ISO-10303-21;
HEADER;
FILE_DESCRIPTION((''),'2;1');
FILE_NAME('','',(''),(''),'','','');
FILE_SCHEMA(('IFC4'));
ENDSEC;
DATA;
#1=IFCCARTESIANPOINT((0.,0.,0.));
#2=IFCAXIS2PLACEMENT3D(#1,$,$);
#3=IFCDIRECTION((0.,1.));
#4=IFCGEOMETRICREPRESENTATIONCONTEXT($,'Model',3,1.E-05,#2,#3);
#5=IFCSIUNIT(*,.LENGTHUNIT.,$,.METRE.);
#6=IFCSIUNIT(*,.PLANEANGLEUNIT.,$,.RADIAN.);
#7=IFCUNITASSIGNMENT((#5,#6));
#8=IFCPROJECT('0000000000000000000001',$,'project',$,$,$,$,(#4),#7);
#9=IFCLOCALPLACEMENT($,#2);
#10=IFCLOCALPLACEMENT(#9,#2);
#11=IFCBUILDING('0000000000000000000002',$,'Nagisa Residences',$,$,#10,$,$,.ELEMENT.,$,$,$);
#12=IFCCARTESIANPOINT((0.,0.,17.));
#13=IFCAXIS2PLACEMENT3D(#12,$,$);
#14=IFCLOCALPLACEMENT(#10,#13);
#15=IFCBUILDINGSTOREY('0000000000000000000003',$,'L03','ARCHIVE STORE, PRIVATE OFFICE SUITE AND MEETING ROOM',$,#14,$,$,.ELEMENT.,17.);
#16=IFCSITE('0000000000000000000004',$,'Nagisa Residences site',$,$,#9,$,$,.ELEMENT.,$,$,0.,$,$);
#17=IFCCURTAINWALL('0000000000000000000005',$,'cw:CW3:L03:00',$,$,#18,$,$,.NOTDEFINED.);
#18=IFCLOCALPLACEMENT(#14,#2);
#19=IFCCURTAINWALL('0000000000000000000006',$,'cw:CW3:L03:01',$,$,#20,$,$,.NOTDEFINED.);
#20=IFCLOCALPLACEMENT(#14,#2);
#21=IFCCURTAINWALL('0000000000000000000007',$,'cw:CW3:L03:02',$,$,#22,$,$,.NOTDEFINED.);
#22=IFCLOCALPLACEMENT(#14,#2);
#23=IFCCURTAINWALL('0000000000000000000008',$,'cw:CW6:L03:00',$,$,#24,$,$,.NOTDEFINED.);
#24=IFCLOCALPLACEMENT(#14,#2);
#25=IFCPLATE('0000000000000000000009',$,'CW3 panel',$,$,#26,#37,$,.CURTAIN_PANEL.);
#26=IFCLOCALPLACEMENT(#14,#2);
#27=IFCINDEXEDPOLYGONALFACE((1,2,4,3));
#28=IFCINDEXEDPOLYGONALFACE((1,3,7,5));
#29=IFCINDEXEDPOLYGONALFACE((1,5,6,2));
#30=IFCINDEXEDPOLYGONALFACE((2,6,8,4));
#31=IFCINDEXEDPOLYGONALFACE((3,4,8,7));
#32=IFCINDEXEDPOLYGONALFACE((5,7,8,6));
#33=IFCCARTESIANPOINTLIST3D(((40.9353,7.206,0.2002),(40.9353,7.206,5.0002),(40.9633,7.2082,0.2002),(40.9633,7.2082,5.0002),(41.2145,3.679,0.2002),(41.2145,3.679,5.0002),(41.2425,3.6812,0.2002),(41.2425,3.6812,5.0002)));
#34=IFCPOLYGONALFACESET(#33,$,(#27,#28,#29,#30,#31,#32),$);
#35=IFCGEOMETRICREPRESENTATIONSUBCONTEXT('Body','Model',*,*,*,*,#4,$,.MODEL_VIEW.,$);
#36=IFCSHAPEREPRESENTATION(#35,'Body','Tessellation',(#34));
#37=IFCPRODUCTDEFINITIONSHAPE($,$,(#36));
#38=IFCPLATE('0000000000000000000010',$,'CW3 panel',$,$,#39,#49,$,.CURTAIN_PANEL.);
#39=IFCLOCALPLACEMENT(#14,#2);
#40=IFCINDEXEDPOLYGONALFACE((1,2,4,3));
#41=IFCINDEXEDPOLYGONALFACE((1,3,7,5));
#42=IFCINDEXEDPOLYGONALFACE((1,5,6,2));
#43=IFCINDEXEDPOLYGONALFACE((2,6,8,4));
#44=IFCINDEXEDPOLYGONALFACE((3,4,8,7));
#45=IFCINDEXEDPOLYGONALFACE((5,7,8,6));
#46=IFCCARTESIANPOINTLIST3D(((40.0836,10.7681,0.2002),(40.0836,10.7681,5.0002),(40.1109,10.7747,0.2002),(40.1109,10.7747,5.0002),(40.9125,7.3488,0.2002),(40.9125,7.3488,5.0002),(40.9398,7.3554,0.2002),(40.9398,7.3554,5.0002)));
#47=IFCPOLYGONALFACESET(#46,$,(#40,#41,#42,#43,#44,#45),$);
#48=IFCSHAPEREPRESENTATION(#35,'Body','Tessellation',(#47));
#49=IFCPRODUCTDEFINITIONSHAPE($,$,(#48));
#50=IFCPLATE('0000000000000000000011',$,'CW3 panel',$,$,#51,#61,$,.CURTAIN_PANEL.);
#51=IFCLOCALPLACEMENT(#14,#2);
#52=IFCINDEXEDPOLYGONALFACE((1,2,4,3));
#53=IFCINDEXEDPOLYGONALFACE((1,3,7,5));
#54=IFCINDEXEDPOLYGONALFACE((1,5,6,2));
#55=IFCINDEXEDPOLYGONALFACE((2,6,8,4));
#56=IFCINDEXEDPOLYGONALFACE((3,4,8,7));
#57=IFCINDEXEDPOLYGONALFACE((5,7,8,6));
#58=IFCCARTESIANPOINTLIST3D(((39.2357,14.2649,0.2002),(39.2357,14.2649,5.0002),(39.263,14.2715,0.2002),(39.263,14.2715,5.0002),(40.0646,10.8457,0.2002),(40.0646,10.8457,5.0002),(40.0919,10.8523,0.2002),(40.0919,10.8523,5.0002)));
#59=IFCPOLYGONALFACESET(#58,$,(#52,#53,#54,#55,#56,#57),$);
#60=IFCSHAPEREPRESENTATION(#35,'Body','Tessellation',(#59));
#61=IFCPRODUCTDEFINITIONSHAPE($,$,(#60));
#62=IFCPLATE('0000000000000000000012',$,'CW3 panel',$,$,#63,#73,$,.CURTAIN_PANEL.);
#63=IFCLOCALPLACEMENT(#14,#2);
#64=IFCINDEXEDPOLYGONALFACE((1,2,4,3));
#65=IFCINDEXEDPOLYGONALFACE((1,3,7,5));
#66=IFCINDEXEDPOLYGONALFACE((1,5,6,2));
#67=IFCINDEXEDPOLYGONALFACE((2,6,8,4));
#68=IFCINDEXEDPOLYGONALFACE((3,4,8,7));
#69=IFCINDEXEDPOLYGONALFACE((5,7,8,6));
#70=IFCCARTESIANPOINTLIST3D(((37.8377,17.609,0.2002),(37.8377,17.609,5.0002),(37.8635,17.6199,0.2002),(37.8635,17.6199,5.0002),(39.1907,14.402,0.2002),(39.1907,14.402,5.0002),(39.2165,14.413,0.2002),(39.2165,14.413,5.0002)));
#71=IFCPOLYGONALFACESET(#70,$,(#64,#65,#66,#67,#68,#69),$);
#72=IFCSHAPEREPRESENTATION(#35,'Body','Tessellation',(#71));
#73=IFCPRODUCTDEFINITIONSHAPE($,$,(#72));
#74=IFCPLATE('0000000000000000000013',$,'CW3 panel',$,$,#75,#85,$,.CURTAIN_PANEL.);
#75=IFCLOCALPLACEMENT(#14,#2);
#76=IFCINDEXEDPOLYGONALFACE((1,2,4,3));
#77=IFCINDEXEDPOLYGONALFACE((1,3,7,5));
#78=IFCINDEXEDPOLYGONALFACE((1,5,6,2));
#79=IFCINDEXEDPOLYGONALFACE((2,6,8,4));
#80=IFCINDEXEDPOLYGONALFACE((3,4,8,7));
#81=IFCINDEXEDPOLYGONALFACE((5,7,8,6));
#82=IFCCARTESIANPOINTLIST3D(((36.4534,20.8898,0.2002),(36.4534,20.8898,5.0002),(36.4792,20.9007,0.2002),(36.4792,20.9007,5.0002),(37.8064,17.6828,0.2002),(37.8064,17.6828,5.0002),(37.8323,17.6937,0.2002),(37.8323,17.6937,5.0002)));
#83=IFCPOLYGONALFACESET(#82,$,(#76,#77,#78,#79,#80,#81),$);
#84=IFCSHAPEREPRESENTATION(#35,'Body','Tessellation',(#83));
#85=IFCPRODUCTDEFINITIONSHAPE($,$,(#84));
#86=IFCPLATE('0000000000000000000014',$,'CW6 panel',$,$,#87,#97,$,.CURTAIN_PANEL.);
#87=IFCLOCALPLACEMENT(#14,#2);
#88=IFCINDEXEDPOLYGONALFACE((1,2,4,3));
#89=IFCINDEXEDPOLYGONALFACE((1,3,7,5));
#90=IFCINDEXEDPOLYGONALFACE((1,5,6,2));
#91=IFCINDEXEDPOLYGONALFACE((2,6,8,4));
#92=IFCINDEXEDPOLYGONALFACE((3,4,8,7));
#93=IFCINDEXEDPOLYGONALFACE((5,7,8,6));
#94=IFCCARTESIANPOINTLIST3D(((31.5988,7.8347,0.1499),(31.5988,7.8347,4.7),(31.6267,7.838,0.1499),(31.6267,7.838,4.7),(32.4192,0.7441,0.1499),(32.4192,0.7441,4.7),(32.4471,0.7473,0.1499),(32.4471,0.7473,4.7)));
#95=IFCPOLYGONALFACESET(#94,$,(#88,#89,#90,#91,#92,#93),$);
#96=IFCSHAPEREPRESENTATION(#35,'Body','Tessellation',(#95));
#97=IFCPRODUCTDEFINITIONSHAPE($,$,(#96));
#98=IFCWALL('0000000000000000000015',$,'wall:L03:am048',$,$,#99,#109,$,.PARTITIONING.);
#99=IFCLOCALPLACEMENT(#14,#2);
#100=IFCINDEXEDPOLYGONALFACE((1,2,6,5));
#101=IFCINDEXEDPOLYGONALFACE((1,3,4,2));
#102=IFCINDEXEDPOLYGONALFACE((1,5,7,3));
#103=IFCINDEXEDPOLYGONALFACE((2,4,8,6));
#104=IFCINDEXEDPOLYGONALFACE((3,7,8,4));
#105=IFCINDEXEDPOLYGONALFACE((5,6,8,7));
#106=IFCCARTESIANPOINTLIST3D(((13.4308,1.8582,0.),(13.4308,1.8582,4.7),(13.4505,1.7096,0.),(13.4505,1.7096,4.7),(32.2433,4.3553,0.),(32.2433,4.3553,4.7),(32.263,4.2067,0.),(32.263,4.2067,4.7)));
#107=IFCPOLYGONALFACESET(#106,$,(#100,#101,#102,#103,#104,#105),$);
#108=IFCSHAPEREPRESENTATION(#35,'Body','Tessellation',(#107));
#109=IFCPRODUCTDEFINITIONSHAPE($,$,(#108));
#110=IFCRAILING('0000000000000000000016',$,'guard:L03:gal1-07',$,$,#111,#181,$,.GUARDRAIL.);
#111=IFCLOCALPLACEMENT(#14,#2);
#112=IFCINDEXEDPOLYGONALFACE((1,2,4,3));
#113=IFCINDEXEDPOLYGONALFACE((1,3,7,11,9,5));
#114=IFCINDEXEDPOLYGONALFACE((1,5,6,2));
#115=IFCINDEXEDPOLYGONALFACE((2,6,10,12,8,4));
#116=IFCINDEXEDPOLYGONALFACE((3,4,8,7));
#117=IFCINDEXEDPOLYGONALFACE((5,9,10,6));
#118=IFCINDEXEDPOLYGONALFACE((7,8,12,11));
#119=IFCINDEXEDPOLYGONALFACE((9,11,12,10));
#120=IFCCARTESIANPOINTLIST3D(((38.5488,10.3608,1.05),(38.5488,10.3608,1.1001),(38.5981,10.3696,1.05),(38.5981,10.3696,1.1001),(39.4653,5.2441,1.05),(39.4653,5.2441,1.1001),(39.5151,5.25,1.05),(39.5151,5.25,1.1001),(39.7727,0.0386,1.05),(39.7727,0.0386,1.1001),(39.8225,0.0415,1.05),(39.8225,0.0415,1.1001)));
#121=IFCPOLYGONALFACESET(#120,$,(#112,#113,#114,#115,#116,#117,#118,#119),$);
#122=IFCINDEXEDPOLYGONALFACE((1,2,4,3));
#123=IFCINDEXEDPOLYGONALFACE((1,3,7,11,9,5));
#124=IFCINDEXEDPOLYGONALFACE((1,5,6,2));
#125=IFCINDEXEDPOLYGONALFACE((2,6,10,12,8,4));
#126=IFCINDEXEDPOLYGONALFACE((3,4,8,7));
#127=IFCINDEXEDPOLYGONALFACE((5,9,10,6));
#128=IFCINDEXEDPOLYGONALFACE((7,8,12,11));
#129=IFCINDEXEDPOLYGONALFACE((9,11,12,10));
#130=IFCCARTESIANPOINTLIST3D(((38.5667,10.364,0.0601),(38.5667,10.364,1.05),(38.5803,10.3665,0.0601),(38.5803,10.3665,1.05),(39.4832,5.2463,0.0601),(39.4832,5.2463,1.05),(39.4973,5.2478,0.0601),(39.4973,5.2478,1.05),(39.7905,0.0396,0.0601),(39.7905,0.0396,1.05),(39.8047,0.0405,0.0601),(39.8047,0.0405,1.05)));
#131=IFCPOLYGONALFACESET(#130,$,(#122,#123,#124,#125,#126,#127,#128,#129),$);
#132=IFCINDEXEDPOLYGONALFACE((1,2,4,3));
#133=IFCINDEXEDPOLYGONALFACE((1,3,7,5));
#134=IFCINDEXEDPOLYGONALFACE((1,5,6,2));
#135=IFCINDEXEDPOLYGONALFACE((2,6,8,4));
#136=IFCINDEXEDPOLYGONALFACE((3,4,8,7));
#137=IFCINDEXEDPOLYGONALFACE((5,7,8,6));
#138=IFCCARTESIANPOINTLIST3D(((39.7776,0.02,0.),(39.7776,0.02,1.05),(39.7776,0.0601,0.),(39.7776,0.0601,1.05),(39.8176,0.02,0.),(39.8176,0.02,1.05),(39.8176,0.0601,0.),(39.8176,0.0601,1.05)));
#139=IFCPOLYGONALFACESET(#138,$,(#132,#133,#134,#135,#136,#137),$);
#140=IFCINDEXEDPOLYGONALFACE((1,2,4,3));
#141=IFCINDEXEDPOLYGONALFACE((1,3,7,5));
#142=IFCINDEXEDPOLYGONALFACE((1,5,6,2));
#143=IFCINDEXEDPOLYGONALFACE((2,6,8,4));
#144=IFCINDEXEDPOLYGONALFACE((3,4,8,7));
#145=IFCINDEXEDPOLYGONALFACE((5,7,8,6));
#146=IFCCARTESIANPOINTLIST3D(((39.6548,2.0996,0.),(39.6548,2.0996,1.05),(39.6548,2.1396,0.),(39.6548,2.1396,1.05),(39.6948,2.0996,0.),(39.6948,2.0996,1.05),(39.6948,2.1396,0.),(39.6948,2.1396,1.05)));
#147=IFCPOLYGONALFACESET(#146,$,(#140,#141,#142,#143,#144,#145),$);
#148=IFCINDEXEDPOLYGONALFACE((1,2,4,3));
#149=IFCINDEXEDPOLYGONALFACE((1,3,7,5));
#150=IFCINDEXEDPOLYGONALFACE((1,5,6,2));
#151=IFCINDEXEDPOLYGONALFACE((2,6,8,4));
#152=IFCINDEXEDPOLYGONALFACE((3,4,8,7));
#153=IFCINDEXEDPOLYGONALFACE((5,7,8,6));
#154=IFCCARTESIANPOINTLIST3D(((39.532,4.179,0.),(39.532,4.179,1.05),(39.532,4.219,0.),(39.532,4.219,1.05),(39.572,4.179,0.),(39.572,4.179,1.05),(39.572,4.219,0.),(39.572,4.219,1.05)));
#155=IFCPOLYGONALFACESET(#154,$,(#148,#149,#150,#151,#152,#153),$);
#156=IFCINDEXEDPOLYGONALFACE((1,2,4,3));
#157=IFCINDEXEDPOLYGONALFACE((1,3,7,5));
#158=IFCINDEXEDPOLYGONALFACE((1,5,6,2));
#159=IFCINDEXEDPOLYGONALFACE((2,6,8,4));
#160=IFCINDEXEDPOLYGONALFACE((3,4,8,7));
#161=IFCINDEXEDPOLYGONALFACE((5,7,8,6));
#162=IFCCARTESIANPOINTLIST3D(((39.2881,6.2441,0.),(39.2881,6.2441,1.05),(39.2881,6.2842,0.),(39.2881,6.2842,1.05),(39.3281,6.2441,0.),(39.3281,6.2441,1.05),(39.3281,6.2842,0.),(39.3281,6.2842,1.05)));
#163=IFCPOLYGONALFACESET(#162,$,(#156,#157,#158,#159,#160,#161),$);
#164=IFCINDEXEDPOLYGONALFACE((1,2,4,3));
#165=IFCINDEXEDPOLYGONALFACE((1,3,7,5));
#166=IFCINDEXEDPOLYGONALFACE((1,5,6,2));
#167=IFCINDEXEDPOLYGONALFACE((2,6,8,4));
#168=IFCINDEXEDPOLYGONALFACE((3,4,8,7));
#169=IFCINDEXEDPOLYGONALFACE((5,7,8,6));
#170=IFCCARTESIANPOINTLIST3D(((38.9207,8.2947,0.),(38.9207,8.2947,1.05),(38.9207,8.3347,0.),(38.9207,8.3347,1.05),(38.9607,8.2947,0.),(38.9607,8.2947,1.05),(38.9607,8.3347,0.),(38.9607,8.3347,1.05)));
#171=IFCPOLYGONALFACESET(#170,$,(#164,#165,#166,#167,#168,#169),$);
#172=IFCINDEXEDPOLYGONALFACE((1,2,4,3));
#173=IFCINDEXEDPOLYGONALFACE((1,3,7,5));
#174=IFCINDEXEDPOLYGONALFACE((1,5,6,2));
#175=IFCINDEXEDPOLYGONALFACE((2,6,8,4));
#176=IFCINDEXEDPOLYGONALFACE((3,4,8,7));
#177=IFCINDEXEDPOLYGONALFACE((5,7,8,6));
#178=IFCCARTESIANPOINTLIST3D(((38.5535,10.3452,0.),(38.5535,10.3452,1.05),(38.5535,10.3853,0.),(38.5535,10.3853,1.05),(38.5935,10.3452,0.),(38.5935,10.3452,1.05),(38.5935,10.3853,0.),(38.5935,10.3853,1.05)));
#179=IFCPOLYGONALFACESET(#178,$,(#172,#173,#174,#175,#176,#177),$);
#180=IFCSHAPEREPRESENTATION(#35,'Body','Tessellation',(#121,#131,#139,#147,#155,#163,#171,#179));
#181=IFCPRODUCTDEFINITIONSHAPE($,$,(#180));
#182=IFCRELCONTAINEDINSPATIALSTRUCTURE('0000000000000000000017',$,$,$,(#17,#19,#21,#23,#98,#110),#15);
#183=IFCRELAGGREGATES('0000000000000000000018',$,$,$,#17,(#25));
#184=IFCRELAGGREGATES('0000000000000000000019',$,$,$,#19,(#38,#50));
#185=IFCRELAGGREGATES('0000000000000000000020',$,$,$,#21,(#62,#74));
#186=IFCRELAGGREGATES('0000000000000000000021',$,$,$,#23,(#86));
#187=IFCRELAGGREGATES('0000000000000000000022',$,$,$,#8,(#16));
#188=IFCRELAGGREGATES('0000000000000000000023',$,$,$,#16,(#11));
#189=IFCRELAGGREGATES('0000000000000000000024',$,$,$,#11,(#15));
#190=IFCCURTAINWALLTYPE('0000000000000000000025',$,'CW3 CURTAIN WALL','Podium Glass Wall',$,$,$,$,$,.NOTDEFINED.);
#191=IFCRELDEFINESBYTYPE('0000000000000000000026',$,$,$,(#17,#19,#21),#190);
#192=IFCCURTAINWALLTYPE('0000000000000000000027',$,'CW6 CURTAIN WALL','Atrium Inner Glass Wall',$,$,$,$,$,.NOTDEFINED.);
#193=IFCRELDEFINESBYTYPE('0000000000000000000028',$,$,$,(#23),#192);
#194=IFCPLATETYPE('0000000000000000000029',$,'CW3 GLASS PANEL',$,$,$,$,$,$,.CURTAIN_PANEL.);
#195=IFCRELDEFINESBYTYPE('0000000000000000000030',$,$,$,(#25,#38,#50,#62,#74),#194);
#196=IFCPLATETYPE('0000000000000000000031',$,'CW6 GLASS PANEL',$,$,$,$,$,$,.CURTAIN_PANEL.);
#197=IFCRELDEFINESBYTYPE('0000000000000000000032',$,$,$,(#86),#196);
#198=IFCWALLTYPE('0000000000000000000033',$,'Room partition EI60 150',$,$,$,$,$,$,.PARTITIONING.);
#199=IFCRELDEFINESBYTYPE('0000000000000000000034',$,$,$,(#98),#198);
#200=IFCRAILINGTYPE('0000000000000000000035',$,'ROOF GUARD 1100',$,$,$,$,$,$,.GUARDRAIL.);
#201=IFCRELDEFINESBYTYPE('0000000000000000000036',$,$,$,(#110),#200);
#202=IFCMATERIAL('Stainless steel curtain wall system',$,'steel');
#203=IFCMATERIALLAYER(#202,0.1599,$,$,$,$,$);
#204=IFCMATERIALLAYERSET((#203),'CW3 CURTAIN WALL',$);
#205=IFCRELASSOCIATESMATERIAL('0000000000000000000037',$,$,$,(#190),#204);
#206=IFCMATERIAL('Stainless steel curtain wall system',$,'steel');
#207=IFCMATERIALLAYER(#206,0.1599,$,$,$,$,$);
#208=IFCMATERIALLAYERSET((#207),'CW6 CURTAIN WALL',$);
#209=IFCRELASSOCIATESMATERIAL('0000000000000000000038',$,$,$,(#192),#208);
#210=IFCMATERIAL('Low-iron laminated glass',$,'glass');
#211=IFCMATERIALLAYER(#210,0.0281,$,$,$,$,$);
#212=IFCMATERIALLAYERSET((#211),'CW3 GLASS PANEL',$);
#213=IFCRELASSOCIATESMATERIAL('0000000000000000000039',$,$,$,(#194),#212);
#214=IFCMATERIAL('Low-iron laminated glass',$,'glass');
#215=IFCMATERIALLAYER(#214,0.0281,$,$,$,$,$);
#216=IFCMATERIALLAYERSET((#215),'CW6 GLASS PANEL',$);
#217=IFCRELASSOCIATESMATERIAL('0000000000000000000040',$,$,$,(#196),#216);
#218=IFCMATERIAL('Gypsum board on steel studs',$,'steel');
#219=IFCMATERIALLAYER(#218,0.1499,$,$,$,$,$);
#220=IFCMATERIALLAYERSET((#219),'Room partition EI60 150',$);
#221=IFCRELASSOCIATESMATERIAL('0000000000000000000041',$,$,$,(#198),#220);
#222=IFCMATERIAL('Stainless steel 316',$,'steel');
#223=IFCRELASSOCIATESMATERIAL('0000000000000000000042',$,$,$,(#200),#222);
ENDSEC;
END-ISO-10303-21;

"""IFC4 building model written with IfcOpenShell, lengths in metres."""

from ifc_helpers import new_model, si_unit, direction, frame, frame_2d, origin, origin_2d, place, context, subcontext, project, spatial, polyline, rectangle, outline, extrude, material, layer, layer_set, type_object, element, aggregate, save


model = new_model("IFC4")

# Units and contexts
model_context = context("Model", 3, precision=1e-05, world=origin(), true_north=direction((0.0, 1.0)))
body_context = subcontext(model_context, "Body", "Model", "MODEL_VIEW")
ifc_project = project(units=[si_unit("LENGTHUNIT", "METRE"), si_unit("PLANEANGLEUNIT", "RADIAN")], contexts=[model_context])

# Site, building, storey
site_placement = place(None, origin())
site = spatial("IfcSite", under=ifc_project, at=site_placement, Name="Nagisa Residences site", CompositionType="ELEMENT", RefElevation=0.0)
building_placement = place(site_placement, origin())
building = spatial("IfcBuilding", under=site, at=building_placement, Name="Nagisa Residences", CompositionType="ELEMENT")
storey_placement = place(building_placement, frame((0.0, 0.0, 17.0)))
storey = spatial("IfcBuildingStorey", under=building, at=storey_placement, Name="L03", Description="ARCHIVE STORE, PRIVATE OFFICE SUITE AND MEETING ROOM", CompositionType="ELEMENT", Elevation=17.0)

# Curtain walls
ifc_material_1 = material(Name="Stainless steel curtain wall system", Category="steel")
ifc_layer_1 = layer(ifc_material_1, 0.1599)
ifc_layer_set_1 = layer_set([ifc_layer_1], Name="CW3 CURTAIN WALL")
curtain_wall_type_1 = type_object("IfcCurtainWallType", Name="CW3 CURTAIN WALL", Description="Podium Glass Wall", PredefinedType="NOTDEFINED", material=ifc_layer_set_1)
curtain_wall_1_placement = place(storey_placement, origin())
curtain_wall_1 = element("IfcCurtainWall", 1, at=curtain_wall_1_placement, inside=storey, type_object=curtain_wall_type_1, Name="cw:CW3:L03:00", PredefinedType="NOTDEFINED")
curtain_wall_2_placement = place(storey_placement, origin())
curtain_wall_2 = element("IfcCurtainWall", 2, at=curtain_wall_2_placement, inside=storey, type_object=curtain_wall_type_1, Name="cw:CW3:L03:01", PredefinedType="NOTDEFINED")
curtain_wall_3_placement = place(storey_placement, origin())
curtain_wall_3 = element("IfcCurtainWall", 3, at=curtain_wall_3_placement, inside=storey, type_object=curtain_wall_type_1, Name="cw:CW3:L03:02", PredefinedType="NOTDEFINED")

# Curtain wall
ifc_material_2 = material(Name="Stainless steel curtain wall system", Category="steel")
ifc_layer_2 = layer(ifc_material_2, 0.1599)
ifc_layer_set_2 = layer_set([ifc_layer_2], Name="CW6 CURTAIN WALL")
curtain_wall_type_2 = type_object("IfcCurtainWallType", Name="CW6 CURTAIN WALL", Description="Atrium Inner Glass Wall", PredefinedType="NOTDEFINED", material=ifc_layer_set_2)
curtain_wall_4_placement = place(storey_placement, origin())
curtain_wall_4 = element("IfcCurtainWall", 4, at=curtain_wall_4_placement, inside=storey, type_object=curtain_wall_type_2, Name="cw:CW6:L03:00", PredefinedType="NOTDEFINED")

# Plates
ifc_material_3 = material(Name="Low-iron laminated glass", Category="glass")
ifc_layer_3 = layer(ifc_material_3, 0.0281)
ifc_layer_set_3 = layer_set([ifc_layer_3], Name="CW3 GLASS PANEL")
plate_type_1 = type_object("IfcPlateType", Name="CW3 GLASS PANEL", PredefinedType="CURTAIN_PANEL", material=ifc_layer_set_3)
plate_1_placement = place(storey_placement, frame((41.0889, 5.4436, 0.2002), z_axis=(0.0, 0.0, 1.0), x_axis=(-0.07891, 0.996882, 0.0)))
plate_1 = element("IfcPlate", 5, at=plate_1_placement, type_object=plate_type_1, Name="CW3 panel", PredefinedType="CURTAIN_PANEL", context=body_context, shape_type="SweptSolid", body=[
    extrude(rectangle(XDim=3.5381, YDim=0.0281, at=origin_2d()), origin(), (0.0, 0.0, 1.0), 4.8),
])
aggregate(curtain_wall_1, [plate_1])
plate_2_placement = place(storey_placement, frame((40.5117, 9.0618, 0.2002), z_axis=(0.0, 0.0, 1.0), x_axis=(-0.235606, 0.971849, 0.0)))
plate_2 = element("IfcPlate", 6, at=plate_2_placement, type_object=plate_type_1, Name="CW3 panel", PredefinedType="CURTAIN_PANEL", context=body_context, shape_type="SweptSolid", body=[
    extrude(rectangle(XDim=3.5183, YDim=0.0281, at=origin_2d()), origin(), (0.0, 0.0, 1.0), 4.8),
])
plate_3_placement = place(storey_placement, frame((39.6638, 12.5586, 0.2002), z_axis=(0.0, 0.0, 1.0), x_axis=(-0.235606, 0.971849, 0.0)))
plate_3 = element("IfcPlate", 7, at=plate_3_placement, type_object=plate_type_1, Name="CW3 panel", PredefinedType="CURTAIN_PANEL", context=body_context, shape_type="SweptSolid", body=[
    extrude(rectangle(XDim=3.5183, YDim=0.0281, at=origin_2d()), origin(), (0.0, 0.0, 1.0), 4.8),
])
aggregate(curtain_wall_2, [plate_2, plate_3])
plate_4_placement = place(storey_placement, frame((38.5271, 16.011, 0.2002), z_axis=(0.0, 0.0, 1.0), x_axis=(-0.388718, 0.921357, 0.0)))
plate_4 = element("IfcPlate", 8, at=plate_4_placement, type_object=plate_type_1, Name="CW3 panel", PredefinedType="CURTAIN_PANEL", context=body_context, shape_type="SweptSolid", body=[
    extrude(rectangle(XDim=3.4807, YDim=0.0281, at=origin_2d()), origin(), (0.0, 0.0, 1.0), 4.8),
])
plate_5_placement = place(storey_placement, frame((37.1428, 19.2917, 0.2002), z_axis=(0.0, 0.0, 1.0), x_axis=(-0.388718, 0.921357, 0.0)))
plate_5 = element("IfcPlate", 9, at=plate_5_placement, type_object=plate_type_1, Name="CW3 panel", PredefinedType="CURTAIN_PANEL", context=body_context, shape_type="SweptSolid", body=[
    extrude(rectangle(XDim=3.4807, YDim=0.0281, at=origin_2d()), origin(), (0.0, 0.0, 1.0), 4.8),
])
aggregate(curtain_wall_3, [plate_4, plate_5])
ifc_material_4 = material(Name="Low-iron laminated glass", Category="glass")
ifc_layer_4 = layer(ifc_material_4, 0.0281)
ifc_layer_set_4 = layer_set([ifc_layer_4], Name="CW6 GLASS PANEL")
plate_type_2 = type_object("IfcPlateType", Name="CW6 GLASS PANEL", PredefinedType="CURTAIN_PANEL", material=ifc_layer_set_4)
plate_6_placement = place(storey_placement, frame((32.0229, 4.291, 0.1499), z_axis=(0.0, 0.0, 1.0), x_axis=(-0.114928, 0.993374, 0.0)))
plate_6 = element("IfcPlate", 10, at=plate_6_placement, type_object=plate_type_2, Name="CW6 panel", PredefinedType="CURTAIN_PANEL", context=body_context, shape_type="SweptSolid", body=[
    extrude(rectangle(XDim=7.1379, YDim=0.0281, at=origin_2d()), origin(), (0.0, 0.0, 1.0), 4.55),
])
aggregate(curtain_wall_4, [plate_6])

# Wall
ifc_material_5 = material(Name="Gypsum board on steel studs", Category="steel")
ifc_layer_5 = layer(ifc_material_5, 0.1499)
ifc_layer_set_5 = layer_set([ifc_layer_5], Name="Room partition EI60 150")
wall_type = type_object("IfcWallType", Name="Room partition EI60 150", PredefinedType="PARTITIONING", material=ifc_layer_set_5)
wall_placement = place(storey_placement, frame((32.2532, 4.281, 0.0), z_axis=(0.0, 0.0, 1.0), x_axis=(-0.991305, -0.131581, 0.0)))
element("IfcWall", 11, at=wall_placement, inside=storey, type_object=wall_type, Name="wall:L03:am048", PredefinedType="PARTITIONING", context=body_context, shape_type="SweptSolid", body=[
    extrude(rectangle(XDim=18.9775, YDim=0.1499, at=frame_2d((9.4888, 0.0))), origin(), (0.0, 0.0, 1.0), 4.7),
])

# Railing
ifc_material_6 = material(Name="Stainless steel 316", Category="steel")
railing_type = type_object("IfcRailingType", Name="ROOF GUARD 1100", PredefinedType="GUARDRAIL", material=ifc_material_6)
railing_1_placement = place(storey_placement, frame((39.7976, 0.04, 0.0)))
element("IfcRailing", 12, at=railing_1_placement, inside=storey, type_object=railing_type, Name="guard:L03:gal1-07", PredefinedType="GUARDRAIL", context=body_context, shape_type="SweptSolid", body=[
    extrude(outline(polyline([(-0.3323, 5.2041), (-0.0249, -0.0015), (0.0249, 0.0015), (-0.2825, 5.21), (-1.1995, 10.3296), (-1.2488, 10.3208), (-0.3323, 5.2041)])), frame((0.0, 0.0, 1.05)), (0.0, 0.0, 1.0), 0.05),
    extrude(outline(polyline([(-0.3145, 5.2063), (-0.0071, -0.0005), (0.0071, 0.0005), (-0.3003, 5.2078), (-1.2173, 10.3264), (-1.231, 10.324), (-0.3145, 5.2063)])), frame((0.0, 0.0, 0.0601)), (0.0, 0.0, 1.0), 0.99),
    extrude(rectangle(XDim=0.04, YDim=0.04, at=origin_2d()), origin(), (0.0, 0.0, 1.0), 1.05),
    extrude(rectangle(XDim=0.04, YDim=0.04, at=origin_2d()), frame((-0.1228, 2.0796, 0.0)), (0.0, 0.0, 1.0), 1.05),
    extrude(rectangle(XDim=0.04, YDim=0.04, at=origin_2d()), frame((-0.2456, 4.1589, 0.0)), (0.0, 0.0, 1.0), 1.05),
    extrude(rectangle(XDim=0.04, YDim=0.04, at=origin_2d()), frame((-0.4895, 6.2241, 0.0)), (0.0, 0.0, 1.0), 1.05),
    extrude(rectangle(XDim=0.04, YDim=0.04, at=origin_2d()), frame((-0.8569, 8.2747, 0.0)), (0.0, 0.0, 1.0), 1.05),
    extrude(rectangle(XDim=0.04, YDim=0.04, at=origin_2d()), frame((-1.2241, 10.3252, 0.0)), (0.0, 0.0, 1.0), 1.05),
])

save(model, "model.ifc")
